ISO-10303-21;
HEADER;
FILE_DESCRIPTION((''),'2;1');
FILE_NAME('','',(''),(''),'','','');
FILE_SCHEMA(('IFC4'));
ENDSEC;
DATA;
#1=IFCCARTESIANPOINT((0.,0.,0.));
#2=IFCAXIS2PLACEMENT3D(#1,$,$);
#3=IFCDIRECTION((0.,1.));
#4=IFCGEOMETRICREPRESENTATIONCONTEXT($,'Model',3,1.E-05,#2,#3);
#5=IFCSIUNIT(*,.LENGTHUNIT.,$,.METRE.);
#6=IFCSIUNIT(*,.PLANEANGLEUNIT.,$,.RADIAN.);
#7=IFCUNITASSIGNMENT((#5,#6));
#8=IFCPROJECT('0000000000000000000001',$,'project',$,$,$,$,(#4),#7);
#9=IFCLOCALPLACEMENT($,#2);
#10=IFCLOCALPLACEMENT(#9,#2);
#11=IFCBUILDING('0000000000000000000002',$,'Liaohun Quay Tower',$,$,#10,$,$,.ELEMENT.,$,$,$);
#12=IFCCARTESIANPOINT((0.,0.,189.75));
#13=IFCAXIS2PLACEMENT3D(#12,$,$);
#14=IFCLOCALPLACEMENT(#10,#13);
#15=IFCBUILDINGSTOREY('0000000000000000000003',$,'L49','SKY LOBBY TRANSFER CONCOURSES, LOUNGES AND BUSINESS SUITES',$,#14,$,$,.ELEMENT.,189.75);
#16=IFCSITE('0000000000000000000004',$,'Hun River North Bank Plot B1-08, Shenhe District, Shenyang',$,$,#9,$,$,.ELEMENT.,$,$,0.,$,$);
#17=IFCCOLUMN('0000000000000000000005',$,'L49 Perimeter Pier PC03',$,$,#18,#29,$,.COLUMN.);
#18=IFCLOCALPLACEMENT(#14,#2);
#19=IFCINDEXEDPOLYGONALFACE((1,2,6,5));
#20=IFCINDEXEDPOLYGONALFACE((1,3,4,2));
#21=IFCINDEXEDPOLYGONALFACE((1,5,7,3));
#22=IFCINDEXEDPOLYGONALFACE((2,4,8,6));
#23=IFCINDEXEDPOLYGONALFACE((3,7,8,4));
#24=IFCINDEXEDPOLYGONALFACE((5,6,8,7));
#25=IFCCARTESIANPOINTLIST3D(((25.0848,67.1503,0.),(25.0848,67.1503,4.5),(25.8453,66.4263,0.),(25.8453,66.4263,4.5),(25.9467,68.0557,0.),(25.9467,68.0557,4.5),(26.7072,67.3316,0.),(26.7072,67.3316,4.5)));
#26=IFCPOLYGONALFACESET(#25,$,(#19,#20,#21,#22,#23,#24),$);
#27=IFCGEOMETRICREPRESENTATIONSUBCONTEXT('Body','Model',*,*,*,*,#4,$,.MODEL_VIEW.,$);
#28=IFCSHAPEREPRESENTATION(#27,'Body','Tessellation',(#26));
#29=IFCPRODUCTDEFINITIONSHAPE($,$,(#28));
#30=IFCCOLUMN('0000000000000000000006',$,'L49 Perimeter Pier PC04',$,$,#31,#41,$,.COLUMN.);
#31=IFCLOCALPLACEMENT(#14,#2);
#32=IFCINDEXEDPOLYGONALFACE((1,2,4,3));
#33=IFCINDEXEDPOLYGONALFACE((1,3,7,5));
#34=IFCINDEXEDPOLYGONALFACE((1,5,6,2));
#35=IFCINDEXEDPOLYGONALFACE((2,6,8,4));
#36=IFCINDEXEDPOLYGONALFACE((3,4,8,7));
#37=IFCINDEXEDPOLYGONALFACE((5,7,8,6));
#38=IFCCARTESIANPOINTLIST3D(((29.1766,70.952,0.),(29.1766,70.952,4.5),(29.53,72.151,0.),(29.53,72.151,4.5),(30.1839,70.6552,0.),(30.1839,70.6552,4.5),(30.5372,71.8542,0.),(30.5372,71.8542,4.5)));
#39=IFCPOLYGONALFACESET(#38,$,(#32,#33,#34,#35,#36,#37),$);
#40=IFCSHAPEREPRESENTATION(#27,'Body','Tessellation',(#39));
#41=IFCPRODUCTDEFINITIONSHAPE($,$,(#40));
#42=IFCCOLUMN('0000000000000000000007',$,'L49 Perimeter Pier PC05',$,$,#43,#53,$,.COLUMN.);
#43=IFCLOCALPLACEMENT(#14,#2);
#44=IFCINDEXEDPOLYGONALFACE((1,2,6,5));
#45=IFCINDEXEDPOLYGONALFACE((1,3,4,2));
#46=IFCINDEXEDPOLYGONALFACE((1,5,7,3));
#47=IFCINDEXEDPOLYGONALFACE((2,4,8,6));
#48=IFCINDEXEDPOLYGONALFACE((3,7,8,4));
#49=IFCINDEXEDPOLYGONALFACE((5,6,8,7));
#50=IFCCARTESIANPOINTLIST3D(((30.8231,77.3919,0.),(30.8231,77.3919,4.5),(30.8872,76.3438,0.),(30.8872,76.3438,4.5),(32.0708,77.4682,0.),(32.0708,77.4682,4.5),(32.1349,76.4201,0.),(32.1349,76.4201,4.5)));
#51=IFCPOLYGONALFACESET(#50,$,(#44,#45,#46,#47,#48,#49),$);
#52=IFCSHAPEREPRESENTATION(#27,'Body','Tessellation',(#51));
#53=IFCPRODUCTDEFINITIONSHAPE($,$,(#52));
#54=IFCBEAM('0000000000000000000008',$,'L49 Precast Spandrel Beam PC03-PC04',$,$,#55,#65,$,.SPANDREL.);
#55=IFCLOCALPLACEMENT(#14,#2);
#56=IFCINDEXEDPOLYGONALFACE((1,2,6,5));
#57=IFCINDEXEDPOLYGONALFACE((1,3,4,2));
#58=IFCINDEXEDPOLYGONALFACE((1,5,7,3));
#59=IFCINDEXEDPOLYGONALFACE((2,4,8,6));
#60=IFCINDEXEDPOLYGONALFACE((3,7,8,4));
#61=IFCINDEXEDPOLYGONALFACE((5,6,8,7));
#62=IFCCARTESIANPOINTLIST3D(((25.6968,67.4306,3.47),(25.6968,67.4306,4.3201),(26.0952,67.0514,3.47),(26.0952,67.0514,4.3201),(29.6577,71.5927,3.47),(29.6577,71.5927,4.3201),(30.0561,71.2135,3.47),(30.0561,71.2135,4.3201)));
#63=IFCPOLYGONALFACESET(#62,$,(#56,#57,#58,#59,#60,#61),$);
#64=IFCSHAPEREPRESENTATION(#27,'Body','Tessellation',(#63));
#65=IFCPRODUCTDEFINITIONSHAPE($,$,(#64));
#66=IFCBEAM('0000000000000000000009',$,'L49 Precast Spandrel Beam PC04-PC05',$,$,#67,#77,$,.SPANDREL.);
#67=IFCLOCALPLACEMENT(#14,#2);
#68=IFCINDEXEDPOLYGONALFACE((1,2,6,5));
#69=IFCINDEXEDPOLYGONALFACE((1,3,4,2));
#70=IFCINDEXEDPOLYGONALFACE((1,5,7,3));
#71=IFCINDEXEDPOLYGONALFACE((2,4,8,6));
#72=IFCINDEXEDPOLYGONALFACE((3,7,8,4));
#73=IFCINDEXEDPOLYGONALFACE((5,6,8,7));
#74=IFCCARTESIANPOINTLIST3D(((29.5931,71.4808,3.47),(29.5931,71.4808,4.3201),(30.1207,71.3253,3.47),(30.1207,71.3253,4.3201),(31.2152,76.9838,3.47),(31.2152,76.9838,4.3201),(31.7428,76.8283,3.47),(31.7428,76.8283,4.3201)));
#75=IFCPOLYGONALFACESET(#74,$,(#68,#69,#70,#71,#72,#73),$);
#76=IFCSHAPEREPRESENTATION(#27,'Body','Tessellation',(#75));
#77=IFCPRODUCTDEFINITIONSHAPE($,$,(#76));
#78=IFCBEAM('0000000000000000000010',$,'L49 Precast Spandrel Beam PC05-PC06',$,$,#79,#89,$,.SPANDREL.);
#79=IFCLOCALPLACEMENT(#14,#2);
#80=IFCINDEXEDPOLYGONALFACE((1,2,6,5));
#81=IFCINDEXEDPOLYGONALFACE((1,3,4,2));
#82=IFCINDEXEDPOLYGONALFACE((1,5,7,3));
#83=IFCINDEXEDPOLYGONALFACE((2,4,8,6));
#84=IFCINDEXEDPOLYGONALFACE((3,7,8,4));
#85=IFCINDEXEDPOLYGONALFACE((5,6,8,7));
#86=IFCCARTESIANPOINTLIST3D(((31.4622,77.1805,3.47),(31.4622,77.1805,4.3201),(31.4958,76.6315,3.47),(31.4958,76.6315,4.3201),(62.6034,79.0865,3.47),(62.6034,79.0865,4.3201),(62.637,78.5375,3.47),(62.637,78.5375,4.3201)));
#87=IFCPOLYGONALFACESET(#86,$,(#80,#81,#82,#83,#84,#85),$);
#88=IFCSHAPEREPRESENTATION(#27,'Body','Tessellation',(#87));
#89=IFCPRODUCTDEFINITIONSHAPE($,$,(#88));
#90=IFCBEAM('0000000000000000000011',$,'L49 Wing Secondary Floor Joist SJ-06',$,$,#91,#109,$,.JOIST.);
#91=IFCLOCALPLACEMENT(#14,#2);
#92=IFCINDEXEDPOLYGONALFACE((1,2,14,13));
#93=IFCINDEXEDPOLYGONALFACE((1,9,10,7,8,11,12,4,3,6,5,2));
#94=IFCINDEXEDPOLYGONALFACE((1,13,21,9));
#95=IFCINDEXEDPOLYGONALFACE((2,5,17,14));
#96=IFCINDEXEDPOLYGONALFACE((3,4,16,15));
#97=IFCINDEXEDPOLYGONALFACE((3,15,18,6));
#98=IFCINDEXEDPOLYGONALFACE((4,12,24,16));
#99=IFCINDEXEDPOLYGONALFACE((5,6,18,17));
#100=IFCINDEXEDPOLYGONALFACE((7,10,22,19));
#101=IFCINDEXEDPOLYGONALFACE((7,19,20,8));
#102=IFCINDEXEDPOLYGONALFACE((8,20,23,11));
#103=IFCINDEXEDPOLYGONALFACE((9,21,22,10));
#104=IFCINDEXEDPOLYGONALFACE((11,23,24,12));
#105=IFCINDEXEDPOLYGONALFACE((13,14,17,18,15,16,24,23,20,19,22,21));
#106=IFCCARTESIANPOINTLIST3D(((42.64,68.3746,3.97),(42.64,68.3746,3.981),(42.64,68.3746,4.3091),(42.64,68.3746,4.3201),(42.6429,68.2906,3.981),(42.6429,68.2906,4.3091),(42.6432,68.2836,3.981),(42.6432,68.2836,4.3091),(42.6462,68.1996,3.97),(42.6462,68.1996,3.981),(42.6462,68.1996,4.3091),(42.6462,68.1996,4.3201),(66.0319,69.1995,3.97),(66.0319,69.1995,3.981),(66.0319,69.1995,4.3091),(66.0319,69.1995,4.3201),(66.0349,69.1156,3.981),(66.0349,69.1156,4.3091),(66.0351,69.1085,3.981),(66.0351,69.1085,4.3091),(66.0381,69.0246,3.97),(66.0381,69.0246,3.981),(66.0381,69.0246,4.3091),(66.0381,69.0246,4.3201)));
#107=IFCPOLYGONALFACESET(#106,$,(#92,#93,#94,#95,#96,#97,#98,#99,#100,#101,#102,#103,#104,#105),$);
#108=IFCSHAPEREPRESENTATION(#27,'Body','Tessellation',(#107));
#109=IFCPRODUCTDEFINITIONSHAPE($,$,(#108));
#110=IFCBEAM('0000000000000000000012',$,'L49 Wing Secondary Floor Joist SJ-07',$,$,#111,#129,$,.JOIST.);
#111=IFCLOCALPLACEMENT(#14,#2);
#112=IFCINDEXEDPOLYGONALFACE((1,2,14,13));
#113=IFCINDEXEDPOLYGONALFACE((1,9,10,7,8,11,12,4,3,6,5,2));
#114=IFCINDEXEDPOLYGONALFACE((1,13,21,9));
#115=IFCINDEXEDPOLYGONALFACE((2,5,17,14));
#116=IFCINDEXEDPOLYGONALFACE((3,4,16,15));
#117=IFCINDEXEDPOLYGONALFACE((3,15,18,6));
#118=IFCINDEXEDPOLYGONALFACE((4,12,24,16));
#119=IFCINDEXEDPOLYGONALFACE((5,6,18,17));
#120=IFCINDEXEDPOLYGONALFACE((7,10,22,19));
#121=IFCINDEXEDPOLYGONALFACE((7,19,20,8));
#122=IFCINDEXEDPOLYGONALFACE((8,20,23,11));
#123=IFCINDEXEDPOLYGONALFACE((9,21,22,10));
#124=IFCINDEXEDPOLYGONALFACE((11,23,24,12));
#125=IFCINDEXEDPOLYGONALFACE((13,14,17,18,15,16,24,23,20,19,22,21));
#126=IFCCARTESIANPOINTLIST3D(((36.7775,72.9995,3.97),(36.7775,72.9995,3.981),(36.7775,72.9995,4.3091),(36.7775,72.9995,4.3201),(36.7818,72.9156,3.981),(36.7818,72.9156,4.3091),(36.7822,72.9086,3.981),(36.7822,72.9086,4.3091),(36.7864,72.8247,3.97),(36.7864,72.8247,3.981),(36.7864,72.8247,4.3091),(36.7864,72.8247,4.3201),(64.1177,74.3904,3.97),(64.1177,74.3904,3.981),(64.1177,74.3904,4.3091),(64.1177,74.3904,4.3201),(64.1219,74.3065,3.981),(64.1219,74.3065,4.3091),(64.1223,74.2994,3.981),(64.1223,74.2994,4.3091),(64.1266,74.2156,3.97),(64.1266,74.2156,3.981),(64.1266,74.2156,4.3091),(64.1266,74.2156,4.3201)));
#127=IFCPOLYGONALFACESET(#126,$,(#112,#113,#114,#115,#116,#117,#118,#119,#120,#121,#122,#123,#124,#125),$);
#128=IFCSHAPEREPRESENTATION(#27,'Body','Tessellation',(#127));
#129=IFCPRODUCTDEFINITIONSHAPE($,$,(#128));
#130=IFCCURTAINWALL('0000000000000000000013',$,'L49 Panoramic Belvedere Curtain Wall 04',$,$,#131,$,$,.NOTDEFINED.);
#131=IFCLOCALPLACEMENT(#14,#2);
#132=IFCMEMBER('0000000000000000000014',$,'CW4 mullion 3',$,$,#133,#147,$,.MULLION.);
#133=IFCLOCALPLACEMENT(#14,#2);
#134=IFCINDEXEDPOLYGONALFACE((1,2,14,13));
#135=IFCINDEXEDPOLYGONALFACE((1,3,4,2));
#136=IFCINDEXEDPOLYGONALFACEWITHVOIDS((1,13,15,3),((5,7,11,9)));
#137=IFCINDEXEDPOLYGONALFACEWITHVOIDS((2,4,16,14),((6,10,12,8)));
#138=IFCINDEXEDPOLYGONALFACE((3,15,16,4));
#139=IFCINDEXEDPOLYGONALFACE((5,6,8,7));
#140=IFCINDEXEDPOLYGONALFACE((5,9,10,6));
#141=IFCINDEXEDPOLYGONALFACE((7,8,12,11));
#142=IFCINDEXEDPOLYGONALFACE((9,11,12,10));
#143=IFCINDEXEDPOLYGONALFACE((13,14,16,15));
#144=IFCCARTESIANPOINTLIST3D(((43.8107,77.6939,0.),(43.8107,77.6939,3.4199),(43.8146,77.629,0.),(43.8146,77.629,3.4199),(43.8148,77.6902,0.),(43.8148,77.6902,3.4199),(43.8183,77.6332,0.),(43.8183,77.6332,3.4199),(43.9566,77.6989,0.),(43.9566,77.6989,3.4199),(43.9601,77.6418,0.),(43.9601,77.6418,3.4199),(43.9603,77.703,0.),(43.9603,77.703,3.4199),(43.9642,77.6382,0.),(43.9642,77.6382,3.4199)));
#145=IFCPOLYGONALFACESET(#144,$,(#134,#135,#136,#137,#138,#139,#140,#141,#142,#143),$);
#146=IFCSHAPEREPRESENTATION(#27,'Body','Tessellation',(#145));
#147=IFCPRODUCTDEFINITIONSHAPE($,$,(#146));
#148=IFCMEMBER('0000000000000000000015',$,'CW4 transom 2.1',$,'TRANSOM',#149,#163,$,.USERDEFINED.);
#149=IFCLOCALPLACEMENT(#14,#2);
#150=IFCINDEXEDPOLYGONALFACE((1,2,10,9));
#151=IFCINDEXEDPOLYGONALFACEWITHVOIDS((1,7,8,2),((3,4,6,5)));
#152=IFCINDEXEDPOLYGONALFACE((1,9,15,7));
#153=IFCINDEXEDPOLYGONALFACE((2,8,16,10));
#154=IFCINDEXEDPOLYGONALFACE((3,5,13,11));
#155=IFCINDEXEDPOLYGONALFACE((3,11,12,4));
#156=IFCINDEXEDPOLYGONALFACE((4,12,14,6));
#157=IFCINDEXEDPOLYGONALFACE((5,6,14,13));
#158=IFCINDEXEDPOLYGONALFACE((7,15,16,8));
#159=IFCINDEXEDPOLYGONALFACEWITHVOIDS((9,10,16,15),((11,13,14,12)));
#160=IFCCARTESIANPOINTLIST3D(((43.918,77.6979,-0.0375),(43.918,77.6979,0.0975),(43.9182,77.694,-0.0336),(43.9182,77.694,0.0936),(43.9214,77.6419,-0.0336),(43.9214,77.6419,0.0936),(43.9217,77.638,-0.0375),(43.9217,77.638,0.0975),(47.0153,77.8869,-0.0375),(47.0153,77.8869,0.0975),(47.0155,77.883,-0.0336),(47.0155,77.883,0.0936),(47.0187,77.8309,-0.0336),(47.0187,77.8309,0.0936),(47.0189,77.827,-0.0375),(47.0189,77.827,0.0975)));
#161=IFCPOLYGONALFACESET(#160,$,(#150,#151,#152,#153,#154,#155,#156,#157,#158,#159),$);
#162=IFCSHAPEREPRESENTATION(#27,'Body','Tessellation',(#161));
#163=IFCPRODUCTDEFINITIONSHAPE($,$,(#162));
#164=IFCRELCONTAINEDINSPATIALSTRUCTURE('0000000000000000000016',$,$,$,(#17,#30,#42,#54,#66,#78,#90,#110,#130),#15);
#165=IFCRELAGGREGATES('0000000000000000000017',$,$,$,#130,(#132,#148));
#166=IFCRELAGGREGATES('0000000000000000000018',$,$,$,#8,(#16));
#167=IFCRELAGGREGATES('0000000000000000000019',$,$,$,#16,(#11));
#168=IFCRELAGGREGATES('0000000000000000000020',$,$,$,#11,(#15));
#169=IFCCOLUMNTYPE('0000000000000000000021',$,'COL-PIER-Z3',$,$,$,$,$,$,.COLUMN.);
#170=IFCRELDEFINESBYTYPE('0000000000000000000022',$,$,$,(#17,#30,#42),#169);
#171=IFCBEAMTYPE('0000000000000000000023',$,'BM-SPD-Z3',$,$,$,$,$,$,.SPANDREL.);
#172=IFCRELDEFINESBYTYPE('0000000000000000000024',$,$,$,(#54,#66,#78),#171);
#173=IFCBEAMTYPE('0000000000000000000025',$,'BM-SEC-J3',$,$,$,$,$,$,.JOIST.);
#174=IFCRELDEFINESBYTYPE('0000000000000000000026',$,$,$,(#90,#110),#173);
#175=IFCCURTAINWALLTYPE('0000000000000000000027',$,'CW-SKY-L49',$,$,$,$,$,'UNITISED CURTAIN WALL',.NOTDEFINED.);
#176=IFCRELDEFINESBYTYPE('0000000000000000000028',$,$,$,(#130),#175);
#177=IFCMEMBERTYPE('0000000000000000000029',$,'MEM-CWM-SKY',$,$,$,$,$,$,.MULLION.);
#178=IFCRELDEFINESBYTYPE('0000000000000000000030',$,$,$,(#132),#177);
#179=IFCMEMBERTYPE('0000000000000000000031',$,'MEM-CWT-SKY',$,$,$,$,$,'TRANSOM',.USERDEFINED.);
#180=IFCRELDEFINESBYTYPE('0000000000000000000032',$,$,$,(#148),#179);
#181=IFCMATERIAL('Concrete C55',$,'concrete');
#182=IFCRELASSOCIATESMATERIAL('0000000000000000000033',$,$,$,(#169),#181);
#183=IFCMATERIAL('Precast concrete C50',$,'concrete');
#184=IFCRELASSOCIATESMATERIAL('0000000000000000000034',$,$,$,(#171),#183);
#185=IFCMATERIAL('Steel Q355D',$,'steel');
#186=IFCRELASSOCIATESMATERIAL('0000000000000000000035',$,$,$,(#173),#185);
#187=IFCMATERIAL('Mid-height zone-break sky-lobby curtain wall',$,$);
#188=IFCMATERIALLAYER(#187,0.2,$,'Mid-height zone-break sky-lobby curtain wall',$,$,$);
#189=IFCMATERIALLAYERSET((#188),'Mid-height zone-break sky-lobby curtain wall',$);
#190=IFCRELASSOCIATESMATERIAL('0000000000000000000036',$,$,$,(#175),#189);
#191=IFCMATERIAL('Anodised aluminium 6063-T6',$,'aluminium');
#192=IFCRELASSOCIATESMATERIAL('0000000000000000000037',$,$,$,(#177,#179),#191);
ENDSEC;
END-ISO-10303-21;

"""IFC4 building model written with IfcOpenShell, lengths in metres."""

from ifc_helpers import new_model, si_unit, direction, frame, origin, origin_2d, place, context, subcontext, project, spatial, rectangle, hollow_rectangle, i_section, extrude, source, transform, mapped, material, layer, layer_set, material_profile, profile_set, type_object, element, aggregate, save


model = new_model("IFC4")

# Units and contexts
model_context = context("Model", 3, precision=1e-05, world=origin(), true_north=direction((0.0, 1.0)))
body_context = subcontext(model_context, "Body", "Model", "MODEL_VIEW")
ifc_project = project(units=[si_unit("LENGTHUNIT", "METRE"), si_unit("PLANEANGLEUNIT", "RADIAN")], contexts=[model_context])

# Site, building, storey
site_placement = place(None, origin())
site = spatial("IfcSite", under=ifc_project, at=site_placement, Name="Hun River North Bank Plot B1-08, Shenhe District, Shenyang", CompositionType="ELEMENT", RefElevation=0.0)
building_placement = place(site_placement, origin())
building = spatial("IfcBuilding", under=site, at=building_placement, Name="Liaohun Quay Tower", CompositionType="ELEMENT")
storey_placement = place(building_placement, frame((0.0, 0.0, 189.75)))
storey = spatial("IfcBuildingStorey", under=building, at=storey_placement, Name="L49", Description="SKY LOBBY TRANSFER CONCOURSES, LOUNGES AND BUSINESS SUITES", CompositionType="ELEMENT", Elevation=189.75)

# Columns
ifc_material_1 = material(Name="Concrete C55", Category="concrete")
ifc_material_profile_1 = material_profile(ifc_material_1, rectangle(XDim=1.25, YDim=1.05, at=origin_2d()), Name="RC1250x1050")
ifc_profile_set_1 = profile_set([ifc_material_profile_1], Name="Concrete C55")
column_type = type_object("IfcColumnType", Name="COL-PIER-Z3", PredefinedType="COLUMN", material=ifc_profile_set_1)
shared_shape_1 = source(origin(), body_context, "Body", "SweptSolid", [
    extrude(rectangle(XDim=1.25, YDim=1.05, at=origin_2d()), origin(), (0.0, 0.0, 1.0), 4.5),
])
for number, where, z_axis, x_axis, name in (
    (1, (25.896, 67.241, 0.0), (0.0, 0.0, 1.0), (0.689493, 0.724292, 0.0), "L49 Perimeter Pier PC03"),
    (2, (29.8569, 71.4031, 0.0), (0.0, 0.0, 1.0), (0.282676, 0.959215, 0.0), "L49 Perimeter Pier PC04"),
    (3, (31.479, 76.906, 0.0), (0.0, 0.0, 1.0), (0.998135, 0.061049, 0.0), "L49 Perimeter Pier PC05"),
):
    element("IfcColumn", number, at=place(storey_placement, frame(where, z_axis=z_axis, x_axis=x_axis)), inside=storey, type_object=column_type, Name=name, PredefinedType="COLUMN", context=body_context, shape_type="MappedRepresentation", body=[
        mapped(shared_shape_1, transform((0.0, 0.0, 0.0), x_axis=(1.0, 0.0, 0.0), y_axis=(0.0, 1.0, 0.0), z_axis=(0.0, 0.0, 1.0), scale=1.0)),
    ])

# Beams
ifc_material_2 = material(Name="Precast concrete C50", Category="concrete")
ifc_material_profile_2 = material_profile(ifc_material_2, rectangle(XDim=0.55, YDim=0.8501, at=origin_2d()), Name="RC550x850")
ifc_profile_set_2 = profile_set([ifc_material_profile_2], Name="Precast concrete C50")
beam_type_1 = type_object("IfcBeamType", Name="BM-SPD-Z3", PredefinedType="SPANDREL", material=ifc_profile_set_2)
shared_shape_2 = source(origin(), body_context, "Body", "SweptSolid", [
    extrude(rectangle(XDim=0.55, YDim=0.8501, at=origin_2d()), origin(), (0.0, 0.0, 1.0), 5.7456),
])
beam_1_placement = place(storey_placement, frame((25.896, 67.241, 3.895), z_axis=(0.689384, 0.724397, 0.0), x_axis=(-0.724397, 0.689384, 0.0)))
element("IfcBeam", 4, at=beam_1_placement, inside=storey, type_object=beam_type_1, Name="L49 Precast Spandrel Beam PC03-PC04", PredefinedType="SPANDREL", context=body_context, shape_type="MappedRepresentation", body=[
    mapped(shared_shape_2, transform((0.0, 0.0, 0.0), x_axis=(1.0, 0.0, 0.0), y_axis=(0.0, 1.0, 0.0), z_axis=(0.0, 0.0, 1.0), scale=1.0)),
])
shared_shape_3 = source(origin(), body_context, "Body", "SweptSolid", [
    extrude(rectangle(XDim=0.55, YDim=0.8501, at=origin_2d()), origin(), (0.0, 0.0, 1.0), 5.7371),
])
beam_2_placement = place(storey_placement, frame((29.8569, 71.4031, 3.895), z_axis=(0.282738, 0.959197, 0.0), x_axis=(-0.959197, 0.282738, 0.0)))
element("IfcBeam", 5, at=beam_2_placement, inside=storey, type_object=beam_type_1, Name="L49 Precast Spandrel Beam PC04-PC05", PredefinedType="SPANDREL", context=body_context, shape_type="MappedRepresentation", body=[
    mapped(shared_shape_3, transform((0.0, 0.0, 0.0), x_axis=(1.0, 0.0, 0.0), y_axis=(0.0, 1.0, 0.0), z_axis=(0.0, 0.0, 1.0), scale=1.0)),
])
shared_shape_4 = source(origin(), body_context, "Body", "SweptSolid", [
    extrude(rectangle(XDim=0.55, YDim=0.8501, at=origin_2d()), origin(), (0.0, 0.0, 1.0), 31.1995),
])
beam_3_placement = place(storey_placement, frame((31.479, 76.906, 3.895), z_axis=(0.998132, 0.061091, 0.0), x_axis=(-0.061091, 0.998132, 0.0)))
element("IfcBeam", 6, at=beam_3_placement, inside=storey, type_object=beam_type_1, Name="L49 Precast Spandrel Beam PC05-PC06", PredefinedType="SPANDREL", context=body_context, shape_type="MappedRepresentation", body=[
    mapped(shared_shape_4, transform((0.0, 0.0, 0.0), x_axis=(1.0, 0.0, 0.0), y_axis=(0.0, 1.0, 0.0), z_axis=(0.0, 0.0, 1.0), scale=1.0)),
])
ifc_material_3 = material(Name="Steel Q355D", Category="steel")
ifc_material_profile_3 = material_profile(ifc_material_3, i_section(OverallWidth=0.175, OverallDepth=0.3501, WebThickness=0.0071, FlangeThickness=0.011, at=origin_2d()), Name="HN350x175x7x11")
ifc_profile_set_3 = profile_set([ifc_material_profile_3], Name="Steel Q355D")
beam_type_2 = type_object("IfcBeamType", Name="BM-SEC-J3", PredefinedType="JOIST", material=ifc_profile_set_3)
shared_shape_5 = source(origin(), body_context, "Body", "SweptSolid", [
    extrude(i_section(OverallWidth=0.175, OverallDepth=0.3501, WebThickness=0.0071, FlangeThickness=0.011, at=origin_2d()), origin(), (0.0, 0.0, 1.0), 23.4065),
])
beam_4_placement = place(storey_placement, frame((42.6431, 68.2871, 4.145), z_axis=(0.999379, 0.035245, 0.0), x_axis=(-0.035245, 0.999379, 0.0)))
element("IfcBeam", 7, at=beam_4_placement, inside=storey, type_object=beam_type_2, Name="L49 Wing Secondary Floor Joist SJ-06", PredefinedType="JOIST", context=body_context, shape_type="MappedRepresentation", body=[
    mapped(shared_shape_5, transform((0.0, 0.0, 0.0), x_axis=(1.0, 0.0, 0.0), y_axis=(0.0, 1.0, 0.0), z_axis=(0.0, 0.0, 1.0), scale=1.0)),
])
shared_shape_6 = source(origin(), body_context, "Body", "SweptSolid", [
    extrude(i_section(OverallWidth=0.175, OverallDepth=0.3501, WebThickness=0.0071, FlangeThickness=0.011, at=origin_2d()), origin(), (0.0, 0.0, 1.0), 27.3755),
])
beam_5_placement = place(storey_placement, frame((36.782, 72.9121, 4.145), z_axis=(0.998708, 0.050807, 0.0), x_axis=(-0.050807, 0.998708, 0.0)))
element("IfcBeam", 8, at=beam_5_placement, inside=storey, type_object=beam_type_2, Name="L49 Wing Secondary Floor Joist SJ-07", PredefinedType="JOIST", context=body_context, shape_type="MappedRepresentation", body=[
    mapped(shared_shape_6, transform((0.0, 0.0, 0.0), x_axis=(1.0, 0.0, 0.0), y_axis=(0.0, 1.0, 0.0), z_axis=(0.0, 0.0, 1.0), scale=1.0)),
])

# Curtain wall, members
ifc_material_4 = material(Name="Mid-height zone-break sky-lobby curtain wall")
ifc_layer_1 = layer(ifc_material_4, 0.2, Name="Mid-height zone-break sky-lobby curtain wall")
ifc_layer_set_1 = layer_set([ifc_layer_1], Name="Mid-height zone-break sky-lobby curtain wall")
curtain_wall_type = type_object("IfcCurtainWallType", Name="CW-SKY-L49", ElementType="UNITISED CURTAIN WALL", PredefinedType="NOTDEFINED", material=ifc_layer_set_1)
curtain_wall_placement = place(storey_placement, origin())
curtain_wall = element("IfcCurtainWall", 9, at=curtain_wall_placement, inside=storey, type_object=curtain_wall_type, Name="L49 Panoramic Belvedere Curtain Wall 04", PredefinedType="NOTDEFINED")
ifc_material_5 = material(Name="Anodised aluminium 6063-T6", Category="aluminium")
ifc_material_profile_4 = material_profile(ifc_material_5, hollow_rectangle(XDim=0.0649, YDim=0.1499, WallThickness=0.0039, at=origin_2d()), Name="RHS150x65x4")
ifc_profile_set_4 = profile_set([ifc_material_profile_4], Name="Anodised aluminium 6063-T6")
member_type_1 = type_object("IfcMemberType", Name="MEM-CWM-SKY", PredefinedType="MULLION", material=ifc_profile_set_4)
shared_shape_7 = source(origin(), body_context, "Body", "SweptSolid", [
    extrude(hollow_rectangle(XDim=0.0649, YDim=0.1499, WallThickness=0.0039, at=origin_2d()), origin(), (0.0, 0.0, 1.0), 3.4199),
])
member_1_placement = place(storey_placement, frame((43.8875, 77.666, 0.0), z_axis=(0.0, 0.0, 1.0), x_axis=(0.060929, -0.998142, 0.0)))
member_1 = element("IfcMember", 10, at=member_1_placement, type_object=member_type_1, Name="CW4 mullion 3", PredefinedType="MULLION", context=body_context, shape_type="MappedRepresentation", body=[
    mapped(shared_shape_7, transform((0.0, 0.0, 0.0), x_axis=(1.0, 0.0, 0.0), y_axis=(0.0, 1.0, 0.0), z_axis=(0.0, 0.0, 1.0), scale=1.0)),
])
ifc_material_profile_5 = material_profile(ifc_material_5, hollow_rectangle(XDim=0.0601, YDim=0.135, WallThickness=0.0039, at=origin_2d()), Name="RHS135x60x4")
ifc_profile_set_5 = profile_set([ifc_material_profile_5], Name="Anodised aluminium 6063-T6")
member_type_2 = type_object("IfcMemberType", Name="MEM-CWT-SKY", ElementType="TRANSOM", PredefinedType="USERDEFINED", material=ifc_profile_set_5)
shared_shape_8 = source(origin(), body_context, "Body", "SweptSolid", [
    extrude(hollow_rectangle(XDim=0.0601, YDim=0.135, WallThickness=0.0039, at=origin_2d()), origin(), (0.0, 0.0, 1.0), 3.103),
])
member_2_placement = place(storey_placement, frame((47.0171, 77.8569, 0.03), z_axis=(-0.998144, -0.060899, 0.0), x_axis=(0.060899, -0.998144, 0.0)))
member_2 = element("IfcMember", 11, at=member_2_placement, type_object=member_type_2, Name="CW4 transom 2.1", ObjectType="TRANSOM", PredefinedType="USERDEFINED", context=body_context, shape_type="MappedRepresentation", body=[
    mapped(shared_shape_8, transform((0.0, 0.0, 0.0), x_axis=(1.0, 0.0, 0.0), y_axis=(0.0, 1.0, 0.0), z_axis=(0.0, 0.0, 1.0), scale=1.0)),
])
aggregate(curtain_wall, [member_1, member_2])

save(model, "model.ifc")
